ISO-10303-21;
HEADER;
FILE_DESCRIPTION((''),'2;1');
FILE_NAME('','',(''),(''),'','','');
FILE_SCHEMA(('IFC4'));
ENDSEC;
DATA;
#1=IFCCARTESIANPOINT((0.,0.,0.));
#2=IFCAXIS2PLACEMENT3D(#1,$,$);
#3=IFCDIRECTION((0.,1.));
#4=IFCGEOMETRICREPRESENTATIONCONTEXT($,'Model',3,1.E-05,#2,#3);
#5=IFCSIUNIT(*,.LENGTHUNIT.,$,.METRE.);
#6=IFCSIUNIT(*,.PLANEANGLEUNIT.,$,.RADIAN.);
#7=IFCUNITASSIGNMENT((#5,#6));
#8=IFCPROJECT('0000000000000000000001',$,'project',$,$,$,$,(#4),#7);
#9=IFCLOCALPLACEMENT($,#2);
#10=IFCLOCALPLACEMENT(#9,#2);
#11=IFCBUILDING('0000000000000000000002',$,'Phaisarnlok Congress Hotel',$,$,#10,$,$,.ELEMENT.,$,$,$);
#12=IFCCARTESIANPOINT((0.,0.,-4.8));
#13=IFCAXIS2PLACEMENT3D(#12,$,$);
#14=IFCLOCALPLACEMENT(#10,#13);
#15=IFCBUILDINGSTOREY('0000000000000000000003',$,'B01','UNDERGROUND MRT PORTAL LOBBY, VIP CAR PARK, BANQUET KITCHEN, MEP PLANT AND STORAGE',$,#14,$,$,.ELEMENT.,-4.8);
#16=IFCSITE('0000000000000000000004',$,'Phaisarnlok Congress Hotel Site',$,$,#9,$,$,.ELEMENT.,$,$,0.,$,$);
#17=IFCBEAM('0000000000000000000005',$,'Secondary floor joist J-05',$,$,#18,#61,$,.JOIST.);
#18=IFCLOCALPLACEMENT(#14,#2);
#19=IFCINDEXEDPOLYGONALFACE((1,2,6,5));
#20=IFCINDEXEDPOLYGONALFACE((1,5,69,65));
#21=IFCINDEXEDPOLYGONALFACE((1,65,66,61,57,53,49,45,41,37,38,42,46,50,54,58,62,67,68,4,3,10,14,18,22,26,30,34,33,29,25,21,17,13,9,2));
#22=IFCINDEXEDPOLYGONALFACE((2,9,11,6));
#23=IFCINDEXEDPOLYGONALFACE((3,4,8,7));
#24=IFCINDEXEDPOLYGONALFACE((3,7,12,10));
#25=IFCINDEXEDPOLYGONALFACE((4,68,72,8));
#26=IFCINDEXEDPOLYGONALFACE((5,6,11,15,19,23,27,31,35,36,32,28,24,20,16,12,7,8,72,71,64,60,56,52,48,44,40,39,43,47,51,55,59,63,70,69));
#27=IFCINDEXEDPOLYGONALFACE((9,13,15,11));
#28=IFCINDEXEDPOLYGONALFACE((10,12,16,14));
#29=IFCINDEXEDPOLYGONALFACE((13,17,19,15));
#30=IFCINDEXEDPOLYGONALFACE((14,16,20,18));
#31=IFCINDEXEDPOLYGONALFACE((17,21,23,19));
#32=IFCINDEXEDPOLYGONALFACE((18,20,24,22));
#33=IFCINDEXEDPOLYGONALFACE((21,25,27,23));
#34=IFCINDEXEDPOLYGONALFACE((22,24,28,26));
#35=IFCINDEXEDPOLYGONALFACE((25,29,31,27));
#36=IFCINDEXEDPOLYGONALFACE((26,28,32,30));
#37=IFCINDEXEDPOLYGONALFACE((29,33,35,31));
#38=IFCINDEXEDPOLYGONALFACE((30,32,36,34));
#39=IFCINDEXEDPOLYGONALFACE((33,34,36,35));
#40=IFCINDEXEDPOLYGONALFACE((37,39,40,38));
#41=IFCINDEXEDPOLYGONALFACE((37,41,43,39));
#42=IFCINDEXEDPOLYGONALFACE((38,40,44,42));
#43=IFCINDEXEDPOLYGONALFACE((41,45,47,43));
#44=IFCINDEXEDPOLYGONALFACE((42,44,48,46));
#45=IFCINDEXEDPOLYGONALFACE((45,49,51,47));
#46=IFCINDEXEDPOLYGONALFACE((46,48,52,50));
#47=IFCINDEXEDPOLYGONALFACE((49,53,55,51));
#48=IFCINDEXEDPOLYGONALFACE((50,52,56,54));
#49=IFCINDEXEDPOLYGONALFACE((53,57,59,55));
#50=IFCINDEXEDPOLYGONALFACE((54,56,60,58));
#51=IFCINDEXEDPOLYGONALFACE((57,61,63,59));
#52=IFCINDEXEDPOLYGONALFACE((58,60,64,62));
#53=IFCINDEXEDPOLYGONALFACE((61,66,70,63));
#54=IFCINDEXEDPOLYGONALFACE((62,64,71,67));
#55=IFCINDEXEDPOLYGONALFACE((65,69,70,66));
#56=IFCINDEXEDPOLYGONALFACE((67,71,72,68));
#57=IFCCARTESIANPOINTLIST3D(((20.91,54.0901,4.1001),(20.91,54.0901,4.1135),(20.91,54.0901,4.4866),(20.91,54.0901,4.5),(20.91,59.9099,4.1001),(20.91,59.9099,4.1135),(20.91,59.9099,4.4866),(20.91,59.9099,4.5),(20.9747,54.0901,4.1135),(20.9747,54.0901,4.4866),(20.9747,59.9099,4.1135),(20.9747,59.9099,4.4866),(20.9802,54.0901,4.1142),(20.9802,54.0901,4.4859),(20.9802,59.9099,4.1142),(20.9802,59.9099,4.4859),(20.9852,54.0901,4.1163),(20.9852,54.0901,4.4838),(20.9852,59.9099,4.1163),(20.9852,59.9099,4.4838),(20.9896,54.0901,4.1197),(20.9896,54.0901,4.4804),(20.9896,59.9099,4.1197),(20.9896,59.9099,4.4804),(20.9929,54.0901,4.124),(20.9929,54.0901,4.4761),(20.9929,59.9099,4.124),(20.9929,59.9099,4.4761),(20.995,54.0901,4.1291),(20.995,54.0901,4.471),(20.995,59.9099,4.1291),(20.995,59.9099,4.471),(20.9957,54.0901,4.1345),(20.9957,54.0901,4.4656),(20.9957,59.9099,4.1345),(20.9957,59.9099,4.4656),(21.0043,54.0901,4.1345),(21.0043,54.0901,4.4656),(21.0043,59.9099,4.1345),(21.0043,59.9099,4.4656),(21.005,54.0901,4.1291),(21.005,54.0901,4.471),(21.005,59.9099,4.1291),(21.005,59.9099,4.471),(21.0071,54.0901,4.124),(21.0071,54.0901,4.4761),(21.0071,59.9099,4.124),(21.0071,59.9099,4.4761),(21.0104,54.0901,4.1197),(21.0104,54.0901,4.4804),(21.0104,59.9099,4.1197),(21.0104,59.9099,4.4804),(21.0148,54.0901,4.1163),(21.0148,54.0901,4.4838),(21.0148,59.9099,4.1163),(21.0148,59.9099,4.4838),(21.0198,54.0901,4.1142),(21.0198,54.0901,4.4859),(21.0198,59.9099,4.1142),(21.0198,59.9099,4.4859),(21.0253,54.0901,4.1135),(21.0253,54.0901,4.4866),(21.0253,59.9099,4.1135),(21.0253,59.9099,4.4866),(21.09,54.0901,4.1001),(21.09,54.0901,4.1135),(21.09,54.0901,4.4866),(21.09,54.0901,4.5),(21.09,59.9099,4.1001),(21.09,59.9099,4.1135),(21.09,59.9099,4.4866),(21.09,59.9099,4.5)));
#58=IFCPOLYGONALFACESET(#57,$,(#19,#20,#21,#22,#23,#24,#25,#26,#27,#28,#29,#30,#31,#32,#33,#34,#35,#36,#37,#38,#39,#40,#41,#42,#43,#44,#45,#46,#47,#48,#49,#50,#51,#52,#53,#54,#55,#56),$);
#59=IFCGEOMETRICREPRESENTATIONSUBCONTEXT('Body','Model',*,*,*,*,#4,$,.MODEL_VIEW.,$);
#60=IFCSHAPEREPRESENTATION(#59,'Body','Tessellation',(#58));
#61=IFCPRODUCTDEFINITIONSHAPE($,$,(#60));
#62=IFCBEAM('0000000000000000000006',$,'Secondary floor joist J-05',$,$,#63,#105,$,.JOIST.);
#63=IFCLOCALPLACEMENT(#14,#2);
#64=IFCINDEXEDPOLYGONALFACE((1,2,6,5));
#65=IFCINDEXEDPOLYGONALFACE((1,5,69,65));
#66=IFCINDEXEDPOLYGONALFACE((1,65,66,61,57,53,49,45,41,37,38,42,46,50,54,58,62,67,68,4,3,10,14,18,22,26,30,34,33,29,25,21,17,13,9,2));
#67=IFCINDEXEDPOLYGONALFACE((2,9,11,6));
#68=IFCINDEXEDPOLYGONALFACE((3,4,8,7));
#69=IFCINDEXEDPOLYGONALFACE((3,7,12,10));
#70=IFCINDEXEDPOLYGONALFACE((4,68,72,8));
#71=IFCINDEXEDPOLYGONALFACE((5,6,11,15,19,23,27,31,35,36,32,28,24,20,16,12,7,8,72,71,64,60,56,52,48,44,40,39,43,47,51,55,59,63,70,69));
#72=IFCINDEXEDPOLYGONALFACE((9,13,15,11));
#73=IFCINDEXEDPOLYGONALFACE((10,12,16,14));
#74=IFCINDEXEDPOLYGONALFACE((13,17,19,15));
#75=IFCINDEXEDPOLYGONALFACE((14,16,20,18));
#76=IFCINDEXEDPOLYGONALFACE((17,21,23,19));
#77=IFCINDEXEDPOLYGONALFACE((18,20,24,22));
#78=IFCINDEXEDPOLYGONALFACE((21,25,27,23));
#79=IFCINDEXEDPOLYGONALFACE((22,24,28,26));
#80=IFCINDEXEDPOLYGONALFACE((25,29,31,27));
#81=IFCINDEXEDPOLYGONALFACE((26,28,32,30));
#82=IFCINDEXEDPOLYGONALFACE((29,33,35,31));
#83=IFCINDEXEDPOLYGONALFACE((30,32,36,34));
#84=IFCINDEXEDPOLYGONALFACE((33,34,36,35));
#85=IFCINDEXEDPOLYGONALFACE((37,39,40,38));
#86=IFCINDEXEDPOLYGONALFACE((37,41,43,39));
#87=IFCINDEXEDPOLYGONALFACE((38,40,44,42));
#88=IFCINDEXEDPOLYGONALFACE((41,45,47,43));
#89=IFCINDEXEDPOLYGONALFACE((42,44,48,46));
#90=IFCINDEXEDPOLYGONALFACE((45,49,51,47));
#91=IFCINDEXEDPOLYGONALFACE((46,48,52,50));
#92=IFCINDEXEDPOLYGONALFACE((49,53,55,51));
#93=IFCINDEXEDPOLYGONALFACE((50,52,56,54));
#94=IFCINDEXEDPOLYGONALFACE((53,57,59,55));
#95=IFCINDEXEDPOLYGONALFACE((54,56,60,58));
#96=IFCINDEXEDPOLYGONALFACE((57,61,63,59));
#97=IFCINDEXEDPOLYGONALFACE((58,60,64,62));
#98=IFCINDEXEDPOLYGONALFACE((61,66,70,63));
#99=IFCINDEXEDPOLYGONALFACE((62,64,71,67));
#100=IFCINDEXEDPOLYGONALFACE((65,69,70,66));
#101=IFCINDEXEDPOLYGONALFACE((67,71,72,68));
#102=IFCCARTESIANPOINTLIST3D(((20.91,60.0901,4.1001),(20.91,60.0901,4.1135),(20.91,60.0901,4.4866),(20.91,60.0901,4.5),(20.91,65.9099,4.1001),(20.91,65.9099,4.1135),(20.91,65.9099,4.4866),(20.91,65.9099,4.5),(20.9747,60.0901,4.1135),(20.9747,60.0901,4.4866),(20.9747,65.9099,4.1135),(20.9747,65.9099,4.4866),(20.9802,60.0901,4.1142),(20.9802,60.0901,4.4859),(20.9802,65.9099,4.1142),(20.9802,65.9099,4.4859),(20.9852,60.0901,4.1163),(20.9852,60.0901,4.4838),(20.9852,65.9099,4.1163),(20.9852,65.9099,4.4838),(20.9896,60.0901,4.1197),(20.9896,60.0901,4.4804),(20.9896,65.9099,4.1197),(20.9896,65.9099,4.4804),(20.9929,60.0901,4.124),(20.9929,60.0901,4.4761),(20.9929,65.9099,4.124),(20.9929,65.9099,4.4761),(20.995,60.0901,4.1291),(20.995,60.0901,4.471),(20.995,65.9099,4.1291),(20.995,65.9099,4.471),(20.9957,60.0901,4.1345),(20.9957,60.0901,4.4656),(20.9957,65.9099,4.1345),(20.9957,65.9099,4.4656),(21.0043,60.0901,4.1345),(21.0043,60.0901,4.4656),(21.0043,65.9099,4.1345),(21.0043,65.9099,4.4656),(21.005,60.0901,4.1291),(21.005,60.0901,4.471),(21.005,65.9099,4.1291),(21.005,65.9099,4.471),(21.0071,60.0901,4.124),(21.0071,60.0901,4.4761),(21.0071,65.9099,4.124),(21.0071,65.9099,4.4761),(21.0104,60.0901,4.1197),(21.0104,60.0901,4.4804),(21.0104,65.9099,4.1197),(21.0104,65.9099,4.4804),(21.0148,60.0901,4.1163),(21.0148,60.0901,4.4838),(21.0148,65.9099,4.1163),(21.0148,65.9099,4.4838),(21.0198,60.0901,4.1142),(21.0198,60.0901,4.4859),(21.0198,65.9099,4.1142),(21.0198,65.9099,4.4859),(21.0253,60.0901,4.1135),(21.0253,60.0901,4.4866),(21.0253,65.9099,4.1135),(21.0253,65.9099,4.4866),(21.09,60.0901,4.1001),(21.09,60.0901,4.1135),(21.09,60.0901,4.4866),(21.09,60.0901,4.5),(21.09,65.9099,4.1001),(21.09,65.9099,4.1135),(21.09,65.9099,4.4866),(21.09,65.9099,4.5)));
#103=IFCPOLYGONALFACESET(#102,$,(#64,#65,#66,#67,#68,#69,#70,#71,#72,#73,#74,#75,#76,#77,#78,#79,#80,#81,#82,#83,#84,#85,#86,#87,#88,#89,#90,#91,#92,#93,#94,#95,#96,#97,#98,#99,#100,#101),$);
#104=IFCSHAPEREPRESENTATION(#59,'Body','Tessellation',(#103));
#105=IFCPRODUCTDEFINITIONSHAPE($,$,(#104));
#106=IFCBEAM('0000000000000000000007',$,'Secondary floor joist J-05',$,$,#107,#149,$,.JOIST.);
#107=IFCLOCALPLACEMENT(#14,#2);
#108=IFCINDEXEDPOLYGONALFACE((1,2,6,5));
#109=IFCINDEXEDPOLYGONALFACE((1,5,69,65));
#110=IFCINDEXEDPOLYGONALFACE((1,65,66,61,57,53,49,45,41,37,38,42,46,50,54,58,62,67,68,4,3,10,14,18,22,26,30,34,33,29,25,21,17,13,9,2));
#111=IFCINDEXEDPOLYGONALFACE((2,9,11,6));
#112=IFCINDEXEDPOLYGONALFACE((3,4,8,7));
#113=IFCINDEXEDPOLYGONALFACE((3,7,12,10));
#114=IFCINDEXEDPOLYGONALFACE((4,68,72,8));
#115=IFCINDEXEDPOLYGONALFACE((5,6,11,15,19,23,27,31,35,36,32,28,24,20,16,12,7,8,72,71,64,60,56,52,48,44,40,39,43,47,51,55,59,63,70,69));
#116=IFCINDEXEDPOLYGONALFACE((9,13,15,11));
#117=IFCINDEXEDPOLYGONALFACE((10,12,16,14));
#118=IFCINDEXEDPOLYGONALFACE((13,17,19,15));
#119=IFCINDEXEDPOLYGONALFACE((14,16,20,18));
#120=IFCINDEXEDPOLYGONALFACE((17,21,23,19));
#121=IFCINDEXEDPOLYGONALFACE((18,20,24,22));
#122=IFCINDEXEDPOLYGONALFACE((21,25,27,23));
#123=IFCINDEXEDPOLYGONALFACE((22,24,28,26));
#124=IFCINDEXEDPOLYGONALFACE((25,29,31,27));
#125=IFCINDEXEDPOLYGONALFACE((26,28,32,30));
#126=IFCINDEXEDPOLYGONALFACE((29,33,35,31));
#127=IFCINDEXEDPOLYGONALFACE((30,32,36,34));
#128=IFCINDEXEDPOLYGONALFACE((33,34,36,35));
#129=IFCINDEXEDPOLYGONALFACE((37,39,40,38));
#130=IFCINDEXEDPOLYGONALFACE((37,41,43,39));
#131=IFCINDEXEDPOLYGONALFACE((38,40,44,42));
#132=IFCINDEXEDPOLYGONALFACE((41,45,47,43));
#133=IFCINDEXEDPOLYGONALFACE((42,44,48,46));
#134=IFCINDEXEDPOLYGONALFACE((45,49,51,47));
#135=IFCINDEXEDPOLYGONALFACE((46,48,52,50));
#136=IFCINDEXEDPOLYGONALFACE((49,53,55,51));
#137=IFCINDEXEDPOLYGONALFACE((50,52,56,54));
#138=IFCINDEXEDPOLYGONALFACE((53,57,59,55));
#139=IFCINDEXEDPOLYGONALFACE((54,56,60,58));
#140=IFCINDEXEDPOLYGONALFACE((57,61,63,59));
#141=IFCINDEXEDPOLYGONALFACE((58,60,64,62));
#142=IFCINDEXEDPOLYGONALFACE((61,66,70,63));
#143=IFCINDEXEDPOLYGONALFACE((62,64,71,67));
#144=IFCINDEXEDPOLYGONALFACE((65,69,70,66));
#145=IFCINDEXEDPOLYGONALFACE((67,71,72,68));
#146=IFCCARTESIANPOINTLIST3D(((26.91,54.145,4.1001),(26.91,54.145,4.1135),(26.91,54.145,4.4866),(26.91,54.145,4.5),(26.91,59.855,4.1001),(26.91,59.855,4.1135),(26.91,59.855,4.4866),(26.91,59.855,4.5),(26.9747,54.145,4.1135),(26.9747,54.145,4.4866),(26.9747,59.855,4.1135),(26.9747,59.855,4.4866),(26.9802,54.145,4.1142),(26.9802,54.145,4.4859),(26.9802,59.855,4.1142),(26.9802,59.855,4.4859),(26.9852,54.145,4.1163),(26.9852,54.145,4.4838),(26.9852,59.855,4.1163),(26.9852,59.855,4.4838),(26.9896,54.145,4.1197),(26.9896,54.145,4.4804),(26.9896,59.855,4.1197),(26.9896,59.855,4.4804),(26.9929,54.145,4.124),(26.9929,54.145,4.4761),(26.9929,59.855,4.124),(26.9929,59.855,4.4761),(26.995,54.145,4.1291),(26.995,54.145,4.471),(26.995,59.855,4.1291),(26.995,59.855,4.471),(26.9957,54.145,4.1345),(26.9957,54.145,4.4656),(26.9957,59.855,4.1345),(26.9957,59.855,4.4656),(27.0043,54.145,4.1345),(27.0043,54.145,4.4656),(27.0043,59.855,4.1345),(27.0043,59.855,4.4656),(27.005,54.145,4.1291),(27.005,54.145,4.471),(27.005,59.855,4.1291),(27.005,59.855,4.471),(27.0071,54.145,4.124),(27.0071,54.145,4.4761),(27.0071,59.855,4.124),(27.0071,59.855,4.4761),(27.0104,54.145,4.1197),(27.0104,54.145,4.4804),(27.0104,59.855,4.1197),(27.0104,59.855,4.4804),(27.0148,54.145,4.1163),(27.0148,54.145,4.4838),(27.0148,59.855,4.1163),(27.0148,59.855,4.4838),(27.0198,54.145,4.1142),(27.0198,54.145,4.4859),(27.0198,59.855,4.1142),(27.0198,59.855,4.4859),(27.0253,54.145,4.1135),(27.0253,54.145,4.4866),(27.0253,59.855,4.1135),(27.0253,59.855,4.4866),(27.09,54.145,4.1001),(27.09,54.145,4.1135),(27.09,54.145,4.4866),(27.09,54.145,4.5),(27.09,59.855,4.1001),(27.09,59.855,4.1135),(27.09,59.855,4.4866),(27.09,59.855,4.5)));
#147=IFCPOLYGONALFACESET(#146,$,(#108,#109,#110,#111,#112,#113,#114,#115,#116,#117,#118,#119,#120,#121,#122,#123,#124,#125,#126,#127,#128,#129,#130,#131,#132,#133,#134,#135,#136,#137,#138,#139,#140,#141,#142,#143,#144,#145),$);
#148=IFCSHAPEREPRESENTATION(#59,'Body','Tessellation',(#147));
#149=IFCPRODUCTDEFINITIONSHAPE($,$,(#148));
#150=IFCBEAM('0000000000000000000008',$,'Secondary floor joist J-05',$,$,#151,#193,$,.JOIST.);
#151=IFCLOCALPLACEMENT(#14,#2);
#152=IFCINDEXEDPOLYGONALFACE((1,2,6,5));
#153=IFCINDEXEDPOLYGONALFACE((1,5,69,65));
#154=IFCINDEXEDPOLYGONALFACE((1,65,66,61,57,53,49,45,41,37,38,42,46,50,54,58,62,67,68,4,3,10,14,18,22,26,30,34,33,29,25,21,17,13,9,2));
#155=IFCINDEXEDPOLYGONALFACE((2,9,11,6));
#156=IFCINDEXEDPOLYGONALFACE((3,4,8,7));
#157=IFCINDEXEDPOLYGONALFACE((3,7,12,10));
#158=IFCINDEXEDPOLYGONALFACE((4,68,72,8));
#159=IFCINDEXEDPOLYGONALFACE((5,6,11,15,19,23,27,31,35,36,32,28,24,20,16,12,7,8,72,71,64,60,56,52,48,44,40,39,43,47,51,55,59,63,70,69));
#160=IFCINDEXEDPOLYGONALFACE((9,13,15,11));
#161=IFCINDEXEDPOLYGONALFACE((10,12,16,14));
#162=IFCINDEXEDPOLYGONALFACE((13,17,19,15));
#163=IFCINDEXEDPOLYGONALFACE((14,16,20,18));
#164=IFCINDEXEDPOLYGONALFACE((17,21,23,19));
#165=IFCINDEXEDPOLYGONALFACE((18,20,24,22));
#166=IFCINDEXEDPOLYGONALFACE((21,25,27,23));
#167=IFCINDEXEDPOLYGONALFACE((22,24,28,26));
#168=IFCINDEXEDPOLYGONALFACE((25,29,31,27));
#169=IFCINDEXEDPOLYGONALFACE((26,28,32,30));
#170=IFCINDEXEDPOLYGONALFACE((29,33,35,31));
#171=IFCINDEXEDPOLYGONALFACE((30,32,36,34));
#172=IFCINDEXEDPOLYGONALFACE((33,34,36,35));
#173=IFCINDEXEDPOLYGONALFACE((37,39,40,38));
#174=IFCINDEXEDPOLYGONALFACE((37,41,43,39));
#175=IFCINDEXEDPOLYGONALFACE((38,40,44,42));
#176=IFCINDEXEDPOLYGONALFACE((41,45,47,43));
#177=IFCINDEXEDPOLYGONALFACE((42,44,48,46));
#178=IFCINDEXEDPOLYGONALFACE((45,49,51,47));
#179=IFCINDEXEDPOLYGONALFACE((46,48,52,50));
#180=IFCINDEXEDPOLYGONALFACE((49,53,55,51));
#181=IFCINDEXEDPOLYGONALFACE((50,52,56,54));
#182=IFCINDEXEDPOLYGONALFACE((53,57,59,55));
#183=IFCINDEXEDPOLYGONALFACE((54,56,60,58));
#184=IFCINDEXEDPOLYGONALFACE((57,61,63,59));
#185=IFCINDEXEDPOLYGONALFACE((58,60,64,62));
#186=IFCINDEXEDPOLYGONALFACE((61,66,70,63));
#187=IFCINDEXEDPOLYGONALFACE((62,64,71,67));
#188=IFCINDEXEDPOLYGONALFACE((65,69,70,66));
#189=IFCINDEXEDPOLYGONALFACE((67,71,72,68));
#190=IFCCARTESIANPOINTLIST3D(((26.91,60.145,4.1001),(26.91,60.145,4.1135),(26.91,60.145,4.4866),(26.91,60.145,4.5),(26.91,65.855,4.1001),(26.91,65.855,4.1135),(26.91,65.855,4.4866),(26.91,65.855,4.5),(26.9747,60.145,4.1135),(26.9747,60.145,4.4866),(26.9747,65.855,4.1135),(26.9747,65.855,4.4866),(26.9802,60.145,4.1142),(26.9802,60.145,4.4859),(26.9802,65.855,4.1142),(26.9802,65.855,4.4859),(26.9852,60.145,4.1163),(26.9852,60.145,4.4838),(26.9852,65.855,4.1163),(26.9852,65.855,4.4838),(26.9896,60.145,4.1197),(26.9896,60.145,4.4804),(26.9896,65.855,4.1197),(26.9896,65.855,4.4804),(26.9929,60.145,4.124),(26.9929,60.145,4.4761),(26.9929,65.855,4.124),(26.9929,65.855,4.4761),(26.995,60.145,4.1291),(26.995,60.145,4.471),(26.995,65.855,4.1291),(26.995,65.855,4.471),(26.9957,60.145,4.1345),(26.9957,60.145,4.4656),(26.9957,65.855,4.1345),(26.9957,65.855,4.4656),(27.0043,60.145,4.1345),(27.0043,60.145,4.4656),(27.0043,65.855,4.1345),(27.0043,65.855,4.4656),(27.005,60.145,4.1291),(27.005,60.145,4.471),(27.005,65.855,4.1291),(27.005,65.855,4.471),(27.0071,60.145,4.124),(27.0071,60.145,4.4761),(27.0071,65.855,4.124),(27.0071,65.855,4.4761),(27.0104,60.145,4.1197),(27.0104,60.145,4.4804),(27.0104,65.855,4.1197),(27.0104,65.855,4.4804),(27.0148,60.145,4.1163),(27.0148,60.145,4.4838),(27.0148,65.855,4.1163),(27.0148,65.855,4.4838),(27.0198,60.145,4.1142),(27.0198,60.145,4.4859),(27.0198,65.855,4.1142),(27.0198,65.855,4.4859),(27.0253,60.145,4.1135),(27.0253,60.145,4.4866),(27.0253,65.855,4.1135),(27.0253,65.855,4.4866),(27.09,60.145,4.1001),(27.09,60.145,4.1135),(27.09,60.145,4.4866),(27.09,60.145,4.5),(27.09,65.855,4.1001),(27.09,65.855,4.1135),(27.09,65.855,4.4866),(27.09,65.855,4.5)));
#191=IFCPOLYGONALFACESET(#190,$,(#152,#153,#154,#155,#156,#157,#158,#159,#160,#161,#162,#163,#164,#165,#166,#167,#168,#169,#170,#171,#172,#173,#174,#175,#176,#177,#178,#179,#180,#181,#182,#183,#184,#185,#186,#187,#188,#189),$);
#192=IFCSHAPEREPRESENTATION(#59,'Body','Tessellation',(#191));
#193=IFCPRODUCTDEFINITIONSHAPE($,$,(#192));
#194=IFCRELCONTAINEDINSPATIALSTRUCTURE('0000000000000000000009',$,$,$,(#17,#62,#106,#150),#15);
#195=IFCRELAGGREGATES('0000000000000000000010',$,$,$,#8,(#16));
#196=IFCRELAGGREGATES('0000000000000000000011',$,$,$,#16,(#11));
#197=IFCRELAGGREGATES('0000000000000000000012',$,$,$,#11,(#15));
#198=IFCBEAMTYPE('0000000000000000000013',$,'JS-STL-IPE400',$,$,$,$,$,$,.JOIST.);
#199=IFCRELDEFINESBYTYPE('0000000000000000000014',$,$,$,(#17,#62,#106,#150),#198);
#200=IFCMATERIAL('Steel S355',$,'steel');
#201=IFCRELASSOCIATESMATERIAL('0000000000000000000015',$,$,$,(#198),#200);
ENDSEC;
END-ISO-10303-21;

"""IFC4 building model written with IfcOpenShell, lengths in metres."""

from ifc_helpers import new_model, si_unit, direction, frame, origin, origin_2d, place, context, subcontext, project, spatial, i_section, extrude, material, material_profile, profile_set, type_object, element, save


model = new_model("IFC4")

# Units and contexts
model_context = context("Model", 3, precision=1e-05, world=origin(), true_north=direction((0.0, 1.0)))
body_context = subcontext(model_context, "Body", "Model", "MODEL_VIEW")
ifc_project = project(units=[si_unit("LENGTHUNIT", "METRE"), si_unit("PLANEANGLEUNIT", "RADIAN")], contexts=[model_context])

# Site, building, storey
site_placement = place(None, origin())
site = spatial("IfcSite", under=ifc_project, at=site_placement, Name="Phaisarnlok Congress Hotel Site", CompositionType="ELEMENT", RefElevation=0.0)
building_placement = place(site_placement, origin())
building = spatial("IfcBuilding", under=site, at=building_placement, Name="Phaisarnlok Congress Hotel", CompositionType="ELEMENT")
storey_placement = place(building_placement, frame((0.0, 0.0, -4.8)))
storey = spatial("IfcBuildingStorey", under=building, at=storey_placement, Name="B01", Description="UNDERGROUND MRT PORTAL LOBBY, VIP CAR PARK, BANQUET KITCHEN, MEP PLANT AND STORAGE", CompositionType="ELEMENT", Elevation=-4.8)

# Beams
ifc_material_1 = material(Name="Steel S355", Category="steel")
ifc_material_profile_1 = material_profile(ifc_material_1, i_section(OverallWidth=0.1799, OverallDepth=0.3999, WebThickness=0.0085, FlangeThickness=0.0134, FilletRadius=0.021, at=origin_2d()), Name="IPE 400")
ifc_profile_set_1 = profile_set([ifc_material_profile_1], Name="Steel S355")
beam_type_1 = type_object("IfcBeamType", Name="JS-STL-IPE400", PredefinedType="JOIST", material=ifc_profile_set_1)
for number, where, z_axis, x_axis, name in (
    (1, (21.0, 54.0901, 4.3), (0.0, 1.0, 0.0), (-1.0, 0.0, 0.0), "Secondary floor joist J-05"),
    (2, (21.0, 60.0901, 4.3), (0.0, 1.0, 0.0), (-1.0, 0.0, 0.0), "Secondary floor joist J-05"),
):
    element("IfcBeam", number, at=place(storey_placement, frame(where, z_axis=z_axis, x_axis=x_axis)), inside=storey, type_object=beam_type_1, Name=name, PredefinedType="JOIST", context=body_context, shape_type="SweptSolid", body=[
        extrude(i_section(OverallWidth=0.1799, OverallDepth=0.3999, WebThickness=0.0085, FlangeThickness=0.0134, FilletRadius=0.021, at=origin_2d()), origin(), (0.0, 0.0, 1.0), 5.8198),
    ])
for number, where, z_axis, x_axis, name in (
    (3, (27.0, 54.145, 4.3), (0.0, 1.0, 0.0), (-1.0, 0.0, 0.0), "Secondary floor joist J-05"),
    (4, (27.0, 60.145, 4.3), (0.0, 1.0, 0.0), (-1.0, 0.0, 0.0), "Secondary floor joist J-05"),
):
    element("IfcBeam", number, at=place(storey_placement, frame(where, z_axis=z_axis, x_axis=x_axis)), inside=storey, type_object=beam_type_1, Name=name, PredefinedType="JOIST", context=body_context, shape_type="SweptSolid", body=[
        extrude(i_section(OverallWidth=0.1799, OverallDepth=0.3999, WebThickness=0.0085, FlangeThickness=0.0134, FilletRadius=0.021, at=origin_2d()), origin(), (0.0, 0.0, 1.0), 5.71),
    ])

save(model, "model.ifc")
